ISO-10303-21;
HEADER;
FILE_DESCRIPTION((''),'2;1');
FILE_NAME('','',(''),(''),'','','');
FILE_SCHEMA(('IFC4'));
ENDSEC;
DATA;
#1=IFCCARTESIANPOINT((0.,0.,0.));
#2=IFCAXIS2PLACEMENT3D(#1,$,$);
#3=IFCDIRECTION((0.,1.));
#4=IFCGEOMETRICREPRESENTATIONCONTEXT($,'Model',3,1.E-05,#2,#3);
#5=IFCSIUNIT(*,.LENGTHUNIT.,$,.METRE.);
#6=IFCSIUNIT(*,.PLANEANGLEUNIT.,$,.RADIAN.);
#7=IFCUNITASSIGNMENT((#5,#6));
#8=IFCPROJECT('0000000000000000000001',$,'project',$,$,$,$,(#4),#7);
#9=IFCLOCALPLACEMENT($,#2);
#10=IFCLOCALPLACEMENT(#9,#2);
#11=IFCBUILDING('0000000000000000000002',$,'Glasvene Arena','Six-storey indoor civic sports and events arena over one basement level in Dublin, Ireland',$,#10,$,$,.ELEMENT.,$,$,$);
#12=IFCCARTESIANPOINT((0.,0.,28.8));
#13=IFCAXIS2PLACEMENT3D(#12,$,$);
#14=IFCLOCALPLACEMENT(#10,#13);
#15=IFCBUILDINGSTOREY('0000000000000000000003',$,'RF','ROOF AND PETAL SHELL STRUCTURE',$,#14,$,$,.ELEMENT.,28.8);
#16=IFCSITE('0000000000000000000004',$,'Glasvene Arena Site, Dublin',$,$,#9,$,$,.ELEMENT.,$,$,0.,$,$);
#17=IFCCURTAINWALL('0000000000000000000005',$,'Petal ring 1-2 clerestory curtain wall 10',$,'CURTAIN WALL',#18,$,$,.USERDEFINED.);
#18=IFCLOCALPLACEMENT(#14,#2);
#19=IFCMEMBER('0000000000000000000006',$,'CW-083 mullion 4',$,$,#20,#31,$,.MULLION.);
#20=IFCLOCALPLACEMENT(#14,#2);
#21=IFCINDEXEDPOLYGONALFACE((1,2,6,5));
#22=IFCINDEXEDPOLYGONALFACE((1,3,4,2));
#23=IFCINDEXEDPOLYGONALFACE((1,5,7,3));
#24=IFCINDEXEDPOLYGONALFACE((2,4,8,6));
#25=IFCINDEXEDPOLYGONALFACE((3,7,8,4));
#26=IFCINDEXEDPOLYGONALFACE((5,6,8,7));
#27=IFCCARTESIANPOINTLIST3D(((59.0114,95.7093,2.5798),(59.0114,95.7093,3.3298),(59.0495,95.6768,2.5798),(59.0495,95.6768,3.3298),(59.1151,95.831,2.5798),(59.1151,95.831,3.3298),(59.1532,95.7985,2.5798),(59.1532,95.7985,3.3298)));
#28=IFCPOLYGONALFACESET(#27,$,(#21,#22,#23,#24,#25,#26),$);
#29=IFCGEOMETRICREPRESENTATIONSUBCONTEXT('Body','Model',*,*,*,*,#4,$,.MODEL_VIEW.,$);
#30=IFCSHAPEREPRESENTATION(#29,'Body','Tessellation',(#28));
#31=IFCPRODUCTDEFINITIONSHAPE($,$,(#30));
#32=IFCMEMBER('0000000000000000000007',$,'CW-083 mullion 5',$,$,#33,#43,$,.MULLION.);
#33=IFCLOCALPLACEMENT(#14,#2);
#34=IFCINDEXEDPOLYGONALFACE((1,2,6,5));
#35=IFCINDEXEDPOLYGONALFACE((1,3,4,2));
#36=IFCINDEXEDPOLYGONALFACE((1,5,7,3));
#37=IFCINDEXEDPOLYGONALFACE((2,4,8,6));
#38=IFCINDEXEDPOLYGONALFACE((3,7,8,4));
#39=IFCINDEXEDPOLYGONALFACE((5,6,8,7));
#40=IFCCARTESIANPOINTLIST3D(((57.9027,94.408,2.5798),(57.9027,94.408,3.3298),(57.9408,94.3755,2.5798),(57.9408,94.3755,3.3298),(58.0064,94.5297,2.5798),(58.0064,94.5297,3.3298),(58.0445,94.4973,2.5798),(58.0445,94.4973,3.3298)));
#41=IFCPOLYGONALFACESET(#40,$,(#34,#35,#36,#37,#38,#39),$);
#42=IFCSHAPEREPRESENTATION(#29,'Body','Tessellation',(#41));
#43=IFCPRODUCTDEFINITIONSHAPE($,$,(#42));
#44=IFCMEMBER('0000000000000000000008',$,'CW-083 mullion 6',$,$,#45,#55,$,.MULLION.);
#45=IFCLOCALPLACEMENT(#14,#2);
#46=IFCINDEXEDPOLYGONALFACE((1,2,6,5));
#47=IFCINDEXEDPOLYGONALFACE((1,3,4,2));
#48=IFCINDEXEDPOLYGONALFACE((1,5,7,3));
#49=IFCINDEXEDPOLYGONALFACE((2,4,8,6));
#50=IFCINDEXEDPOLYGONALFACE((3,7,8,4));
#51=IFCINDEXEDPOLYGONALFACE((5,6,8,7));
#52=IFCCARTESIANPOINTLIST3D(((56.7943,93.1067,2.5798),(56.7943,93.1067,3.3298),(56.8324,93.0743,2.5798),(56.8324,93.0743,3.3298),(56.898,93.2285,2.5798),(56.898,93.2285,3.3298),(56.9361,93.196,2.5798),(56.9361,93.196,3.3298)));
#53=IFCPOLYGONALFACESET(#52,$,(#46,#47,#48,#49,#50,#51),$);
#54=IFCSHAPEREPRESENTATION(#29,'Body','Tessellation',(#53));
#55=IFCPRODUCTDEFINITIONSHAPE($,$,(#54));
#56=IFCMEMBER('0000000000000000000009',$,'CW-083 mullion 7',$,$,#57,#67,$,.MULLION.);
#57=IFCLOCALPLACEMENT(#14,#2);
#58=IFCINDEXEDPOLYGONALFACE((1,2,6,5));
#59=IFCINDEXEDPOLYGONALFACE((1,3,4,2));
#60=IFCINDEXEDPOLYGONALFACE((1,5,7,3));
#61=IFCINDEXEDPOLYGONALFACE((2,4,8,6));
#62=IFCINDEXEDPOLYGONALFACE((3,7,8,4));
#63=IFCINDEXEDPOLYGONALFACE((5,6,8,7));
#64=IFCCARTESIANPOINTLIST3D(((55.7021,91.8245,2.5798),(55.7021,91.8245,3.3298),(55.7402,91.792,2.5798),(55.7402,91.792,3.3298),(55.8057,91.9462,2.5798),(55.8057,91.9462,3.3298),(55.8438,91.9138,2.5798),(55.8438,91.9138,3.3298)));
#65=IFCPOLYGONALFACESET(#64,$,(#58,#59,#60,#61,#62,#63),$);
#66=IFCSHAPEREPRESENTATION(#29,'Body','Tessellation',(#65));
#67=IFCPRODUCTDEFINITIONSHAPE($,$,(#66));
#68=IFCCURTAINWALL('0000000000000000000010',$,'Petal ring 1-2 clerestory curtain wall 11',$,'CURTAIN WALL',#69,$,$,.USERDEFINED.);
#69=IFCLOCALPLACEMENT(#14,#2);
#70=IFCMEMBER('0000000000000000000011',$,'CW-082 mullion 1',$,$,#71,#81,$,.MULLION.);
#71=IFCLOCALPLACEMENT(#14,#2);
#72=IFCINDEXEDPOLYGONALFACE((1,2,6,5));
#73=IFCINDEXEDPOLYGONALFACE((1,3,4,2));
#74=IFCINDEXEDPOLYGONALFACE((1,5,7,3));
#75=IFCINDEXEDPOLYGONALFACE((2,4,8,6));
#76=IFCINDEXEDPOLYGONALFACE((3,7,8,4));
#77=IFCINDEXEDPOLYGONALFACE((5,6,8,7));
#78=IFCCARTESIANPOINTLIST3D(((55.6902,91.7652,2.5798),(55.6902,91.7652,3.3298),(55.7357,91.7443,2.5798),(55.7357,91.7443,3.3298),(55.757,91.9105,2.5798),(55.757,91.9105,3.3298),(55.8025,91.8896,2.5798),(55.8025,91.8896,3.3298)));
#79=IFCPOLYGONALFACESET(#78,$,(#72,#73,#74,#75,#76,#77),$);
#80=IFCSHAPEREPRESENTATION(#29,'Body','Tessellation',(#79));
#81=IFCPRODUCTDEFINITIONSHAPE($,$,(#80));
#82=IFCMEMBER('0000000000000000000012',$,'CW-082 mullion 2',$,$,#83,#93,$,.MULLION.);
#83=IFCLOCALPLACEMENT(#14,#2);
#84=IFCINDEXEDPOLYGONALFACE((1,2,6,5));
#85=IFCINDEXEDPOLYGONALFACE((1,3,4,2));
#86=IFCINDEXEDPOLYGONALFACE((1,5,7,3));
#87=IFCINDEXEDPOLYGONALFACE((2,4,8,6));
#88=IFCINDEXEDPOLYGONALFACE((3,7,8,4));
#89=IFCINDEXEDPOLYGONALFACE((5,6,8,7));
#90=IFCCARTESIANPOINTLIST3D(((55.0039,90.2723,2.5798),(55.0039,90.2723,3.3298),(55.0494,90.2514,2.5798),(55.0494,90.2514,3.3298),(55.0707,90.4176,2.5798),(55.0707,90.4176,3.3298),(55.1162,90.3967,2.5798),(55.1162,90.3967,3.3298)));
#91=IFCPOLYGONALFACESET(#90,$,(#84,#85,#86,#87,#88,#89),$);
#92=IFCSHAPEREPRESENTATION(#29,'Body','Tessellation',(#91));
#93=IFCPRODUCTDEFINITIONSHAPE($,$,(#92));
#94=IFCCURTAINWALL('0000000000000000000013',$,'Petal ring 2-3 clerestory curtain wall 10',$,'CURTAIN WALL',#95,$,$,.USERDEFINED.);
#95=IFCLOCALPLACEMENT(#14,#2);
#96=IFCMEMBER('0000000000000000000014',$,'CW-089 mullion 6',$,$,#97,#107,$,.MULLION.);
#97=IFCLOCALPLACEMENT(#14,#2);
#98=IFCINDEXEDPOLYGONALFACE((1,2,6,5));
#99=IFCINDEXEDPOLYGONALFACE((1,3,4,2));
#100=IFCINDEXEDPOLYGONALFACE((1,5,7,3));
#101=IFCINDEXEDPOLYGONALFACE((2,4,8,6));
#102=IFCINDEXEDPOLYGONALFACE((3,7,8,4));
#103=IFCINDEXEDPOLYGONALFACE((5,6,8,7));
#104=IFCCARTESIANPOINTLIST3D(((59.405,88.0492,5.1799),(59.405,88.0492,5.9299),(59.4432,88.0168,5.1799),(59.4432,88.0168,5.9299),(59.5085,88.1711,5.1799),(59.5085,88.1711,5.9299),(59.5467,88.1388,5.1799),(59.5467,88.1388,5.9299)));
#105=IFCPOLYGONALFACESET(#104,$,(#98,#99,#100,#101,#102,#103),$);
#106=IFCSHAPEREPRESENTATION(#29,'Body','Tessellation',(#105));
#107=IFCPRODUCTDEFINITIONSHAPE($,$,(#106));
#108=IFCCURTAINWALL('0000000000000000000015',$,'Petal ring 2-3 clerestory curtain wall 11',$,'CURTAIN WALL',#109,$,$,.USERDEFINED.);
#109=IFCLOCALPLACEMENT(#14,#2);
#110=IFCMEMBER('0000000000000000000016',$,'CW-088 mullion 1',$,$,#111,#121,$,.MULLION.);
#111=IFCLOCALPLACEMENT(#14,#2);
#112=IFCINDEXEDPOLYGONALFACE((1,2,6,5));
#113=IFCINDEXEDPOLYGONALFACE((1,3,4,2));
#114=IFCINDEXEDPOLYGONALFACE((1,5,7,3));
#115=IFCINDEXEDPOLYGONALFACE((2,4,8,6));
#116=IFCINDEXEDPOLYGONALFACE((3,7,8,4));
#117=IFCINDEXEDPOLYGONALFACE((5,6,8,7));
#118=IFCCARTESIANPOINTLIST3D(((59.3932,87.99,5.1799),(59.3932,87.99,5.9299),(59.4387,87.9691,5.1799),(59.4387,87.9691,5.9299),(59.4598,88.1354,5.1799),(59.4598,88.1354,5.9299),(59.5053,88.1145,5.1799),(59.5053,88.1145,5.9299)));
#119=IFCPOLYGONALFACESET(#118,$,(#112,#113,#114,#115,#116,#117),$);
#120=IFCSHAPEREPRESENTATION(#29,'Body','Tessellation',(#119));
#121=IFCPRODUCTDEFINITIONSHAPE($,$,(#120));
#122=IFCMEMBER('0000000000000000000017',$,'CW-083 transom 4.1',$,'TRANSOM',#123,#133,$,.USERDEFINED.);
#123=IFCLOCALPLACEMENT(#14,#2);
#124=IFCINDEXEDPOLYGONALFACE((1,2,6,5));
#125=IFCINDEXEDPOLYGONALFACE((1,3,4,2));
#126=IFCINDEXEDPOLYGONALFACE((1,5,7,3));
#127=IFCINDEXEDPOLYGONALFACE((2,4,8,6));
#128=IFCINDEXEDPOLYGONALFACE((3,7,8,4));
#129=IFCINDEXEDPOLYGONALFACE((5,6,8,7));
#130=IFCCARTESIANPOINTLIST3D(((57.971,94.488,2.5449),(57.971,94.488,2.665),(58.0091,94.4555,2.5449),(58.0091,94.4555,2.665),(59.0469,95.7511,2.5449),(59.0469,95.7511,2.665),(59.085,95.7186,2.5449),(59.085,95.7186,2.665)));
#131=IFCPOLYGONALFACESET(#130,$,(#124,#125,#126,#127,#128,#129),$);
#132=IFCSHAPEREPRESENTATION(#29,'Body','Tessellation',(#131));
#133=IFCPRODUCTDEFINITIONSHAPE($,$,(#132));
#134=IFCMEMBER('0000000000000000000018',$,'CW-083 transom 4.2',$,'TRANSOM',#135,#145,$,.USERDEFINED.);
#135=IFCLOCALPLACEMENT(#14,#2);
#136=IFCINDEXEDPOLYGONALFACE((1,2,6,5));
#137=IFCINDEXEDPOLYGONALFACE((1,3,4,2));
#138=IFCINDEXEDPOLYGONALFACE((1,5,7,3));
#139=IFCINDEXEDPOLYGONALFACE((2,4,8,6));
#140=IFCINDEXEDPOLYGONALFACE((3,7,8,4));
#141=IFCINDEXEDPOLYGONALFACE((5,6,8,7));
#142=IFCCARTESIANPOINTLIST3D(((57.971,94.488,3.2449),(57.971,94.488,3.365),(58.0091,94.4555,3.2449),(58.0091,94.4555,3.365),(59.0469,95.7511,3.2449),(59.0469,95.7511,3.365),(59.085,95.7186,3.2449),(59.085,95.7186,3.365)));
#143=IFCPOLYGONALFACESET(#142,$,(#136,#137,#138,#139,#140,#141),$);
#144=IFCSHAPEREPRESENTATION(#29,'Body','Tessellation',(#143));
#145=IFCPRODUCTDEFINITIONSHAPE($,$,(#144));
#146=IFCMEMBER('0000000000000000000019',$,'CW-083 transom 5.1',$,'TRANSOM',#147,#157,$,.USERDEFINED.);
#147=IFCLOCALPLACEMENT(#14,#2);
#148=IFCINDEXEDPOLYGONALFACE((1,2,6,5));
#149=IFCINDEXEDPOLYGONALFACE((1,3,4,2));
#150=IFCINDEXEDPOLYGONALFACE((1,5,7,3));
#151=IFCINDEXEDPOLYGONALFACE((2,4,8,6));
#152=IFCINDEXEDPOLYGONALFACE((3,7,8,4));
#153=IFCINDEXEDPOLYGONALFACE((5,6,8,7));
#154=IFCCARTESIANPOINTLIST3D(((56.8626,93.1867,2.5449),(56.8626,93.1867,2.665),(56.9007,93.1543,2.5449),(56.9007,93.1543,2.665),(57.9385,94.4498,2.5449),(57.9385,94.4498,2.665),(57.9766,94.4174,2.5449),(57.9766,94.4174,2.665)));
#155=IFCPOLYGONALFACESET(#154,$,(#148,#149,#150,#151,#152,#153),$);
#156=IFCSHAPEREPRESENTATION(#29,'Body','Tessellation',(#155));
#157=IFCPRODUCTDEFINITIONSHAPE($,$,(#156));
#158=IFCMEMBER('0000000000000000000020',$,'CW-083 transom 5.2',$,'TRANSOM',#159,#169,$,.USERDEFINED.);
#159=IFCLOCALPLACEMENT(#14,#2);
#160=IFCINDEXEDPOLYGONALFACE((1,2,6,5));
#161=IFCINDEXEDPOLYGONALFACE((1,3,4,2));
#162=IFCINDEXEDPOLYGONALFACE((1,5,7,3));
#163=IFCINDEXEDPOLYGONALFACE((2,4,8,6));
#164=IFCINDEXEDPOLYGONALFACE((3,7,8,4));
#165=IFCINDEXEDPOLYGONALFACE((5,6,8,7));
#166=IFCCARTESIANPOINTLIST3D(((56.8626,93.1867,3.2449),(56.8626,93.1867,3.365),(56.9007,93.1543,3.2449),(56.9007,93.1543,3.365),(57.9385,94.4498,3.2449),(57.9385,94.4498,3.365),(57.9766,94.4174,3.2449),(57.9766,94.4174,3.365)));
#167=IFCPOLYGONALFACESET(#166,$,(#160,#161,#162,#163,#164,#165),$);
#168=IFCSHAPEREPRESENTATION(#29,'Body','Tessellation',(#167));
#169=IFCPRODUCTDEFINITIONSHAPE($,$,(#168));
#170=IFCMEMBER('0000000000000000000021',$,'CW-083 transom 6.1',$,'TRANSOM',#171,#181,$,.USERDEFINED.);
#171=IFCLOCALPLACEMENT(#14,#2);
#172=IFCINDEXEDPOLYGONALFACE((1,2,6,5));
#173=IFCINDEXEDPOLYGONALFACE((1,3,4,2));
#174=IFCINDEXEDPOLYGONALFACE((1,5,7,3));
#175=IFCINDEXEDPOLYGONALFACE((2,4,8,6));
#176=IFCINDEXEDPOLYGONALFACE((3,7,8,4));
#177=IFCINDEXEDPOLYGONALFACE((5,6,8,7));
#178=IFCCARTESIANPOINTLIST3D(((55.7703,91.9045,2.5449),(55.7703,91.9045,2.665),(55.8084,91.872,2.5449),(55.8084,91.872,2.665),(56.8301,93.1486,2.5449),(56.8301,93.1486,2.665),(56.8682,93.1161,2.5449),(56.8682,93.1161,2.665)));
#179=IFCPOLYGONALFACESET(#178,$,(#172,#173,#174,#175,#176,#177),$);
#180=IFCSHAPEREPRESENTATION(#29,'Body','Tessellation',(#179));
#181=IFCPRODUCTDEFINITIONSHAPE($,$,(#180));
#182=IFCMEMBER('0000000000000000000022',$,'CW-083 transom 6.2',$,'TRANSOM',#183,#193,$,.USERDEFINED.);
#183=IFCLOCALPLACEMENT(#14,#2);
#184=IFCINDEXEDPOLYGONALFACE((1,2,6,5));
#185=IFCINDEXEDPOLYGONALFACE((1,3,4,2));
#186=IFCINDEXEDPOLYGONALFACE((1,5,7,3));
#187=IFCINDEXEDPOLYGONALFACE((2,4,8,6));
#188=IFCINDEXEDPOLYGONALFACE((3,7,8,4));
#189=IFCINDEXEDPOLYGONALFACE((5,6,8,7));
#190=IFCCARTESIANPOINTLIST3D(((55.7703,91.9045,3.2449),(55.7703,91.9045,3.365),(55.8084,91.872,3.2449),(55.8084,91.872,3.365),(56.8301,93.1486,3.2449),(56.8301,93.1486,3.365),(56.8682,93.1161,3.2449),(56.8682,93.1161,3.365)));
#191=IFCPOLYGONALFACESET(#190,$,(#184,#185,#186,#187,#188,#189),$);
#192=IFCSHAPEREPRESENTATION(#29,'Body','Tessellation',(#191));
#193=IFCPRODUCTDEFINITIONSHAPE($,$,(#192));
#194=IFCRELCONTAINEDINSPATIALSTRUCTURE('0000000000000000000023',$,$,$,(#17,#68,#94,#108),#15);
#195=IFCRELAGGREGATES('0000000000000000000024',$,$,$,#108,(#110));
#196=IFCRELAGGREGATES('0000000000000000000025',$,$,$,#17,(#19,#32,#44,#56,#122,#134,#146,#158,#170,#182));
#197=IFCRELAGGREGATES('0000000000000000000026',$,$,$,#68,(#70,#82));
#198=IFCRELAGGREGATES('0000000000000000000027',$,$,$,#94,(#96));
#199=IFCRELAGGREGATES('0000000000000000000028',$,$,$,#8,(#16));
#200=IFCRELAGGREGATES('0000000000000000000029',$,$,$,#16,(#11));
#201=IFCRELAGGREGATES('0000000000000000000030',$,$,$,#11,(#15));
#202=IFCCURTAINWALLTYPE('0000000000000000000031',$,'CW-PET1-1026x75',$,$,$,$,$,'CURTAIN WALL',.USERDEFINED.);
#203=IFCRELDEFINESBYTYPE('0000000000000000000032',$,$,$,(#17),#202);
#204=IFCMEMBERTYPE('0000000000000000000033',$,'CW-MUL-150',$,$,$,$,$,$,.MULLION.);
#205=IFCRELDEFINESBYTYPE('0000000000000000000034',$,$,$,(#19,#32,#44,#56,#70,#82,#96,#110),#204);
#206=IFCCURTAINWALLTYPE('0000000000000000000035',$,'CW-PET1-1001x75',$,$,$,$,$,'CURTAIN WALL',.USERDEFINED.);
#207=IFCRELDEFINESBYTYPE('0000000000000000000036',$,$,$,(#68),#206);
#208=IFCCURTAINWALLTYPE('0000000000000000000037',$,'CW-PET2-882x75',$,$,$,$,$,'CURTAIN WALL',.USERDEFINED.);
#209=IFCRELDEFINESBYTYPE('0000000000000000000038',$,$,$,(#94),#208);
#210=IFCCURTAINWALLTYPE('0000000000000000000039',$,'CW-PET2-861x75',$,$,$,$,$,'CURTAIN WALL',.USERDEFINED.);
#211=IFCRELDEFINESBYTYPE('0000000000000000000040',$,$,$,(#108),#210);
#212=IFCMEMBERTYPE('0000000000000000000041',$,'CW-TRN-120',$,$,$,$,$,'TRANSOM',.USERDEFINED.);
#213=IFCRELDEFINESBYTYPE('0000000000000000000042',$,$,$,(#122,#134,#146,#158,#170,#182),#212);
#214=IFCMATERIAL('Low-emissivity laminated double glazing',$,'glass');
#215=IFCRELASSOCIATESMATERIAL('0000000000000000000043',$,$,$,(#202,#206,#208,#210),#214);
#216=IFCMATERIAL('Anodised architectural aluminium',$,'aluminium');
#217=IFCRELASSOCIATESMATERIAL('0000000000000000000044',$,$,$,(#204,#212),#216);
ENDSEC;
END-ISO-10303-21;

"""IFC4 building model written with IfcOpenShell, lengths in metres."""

from ifc_helpers import new_model, si_unit, direction, frame, origin, origin_2d, place, context, subcontext, project, spatial, rectangle, extrude, material, material_profile, profile_set, type_object, element, aggregate, save


model = new_model("IFC4")

# Units and contexts
model_context = context("Model", 3, precision=1e-05, world=origin(), true_north=direction((0.0, 1.0)))
body_context = subcontext(model_context, "Body", "Model", "MODEL_VIEW")
ifc_project = project(units=[si_unit("LENGTHUNIT", "METRE"), si_unit("PLANEANGLEUNIT", "RADIAN")], contexts=[model_context])

# Site, building, storey
site_placement = place(None, origin())
site = spatial("IfcSite", under=ifc_project, at=site_placement, Name="Glasvene Arena Site, Dublin", CompositionType="ELEMENT", RefElevation=0.0)
building_placement = place(site_placement, origin())
building = spatial("IfcBuilding", under=site, at=building_placement, Name="Glasvene Arena", Description="Six-storey indoor civic sports and events arena over one basement level in Dublin, Ireland", CompositionType="ELEMENT")
storey_placement = place(building_placement, frame((0.0, 0.0, 28.8)))
storey = spatial("IfcBuildingStorey", under=building, at=storey_placement, Name="RF", Description="ROOF AND PETAL SHELL STRUCTURE", CompositionType="ELEMENT", Elevation=28.8)

# Curtain walls, members
ifc_material_1 = material(Name="Low-emissivity laminated double glazing", Category="glass")
curtain_wall_type_1 = type_object("IfcCurtainWallType", Name="CW-PET1-1026x75", ElementType="CURTAIN WALL", PredefinedType="USERDEFINED", material=ifc_material_1)
curtain_wall_1_placement = place(storey_placement, frame((62.4077, 99.658, 0.0)))
curtain_wall_1 = element("IfcCurtainWall", 1, at=curtain_wall_1_placement, inside=storey, type_object=curtain_wall_type_1, Name="Petal ring 1-2 clerestory curtain wall 10", ObjectType="CURTAIN WALL", PredefinedType="USERDEFINED")
ifc_material_2 = material(Name="Anodised architectural aluminium", Category="aluminium")
ifc_material_profile_1 = material_profile(ifc_material_2, rectangle(XDim=0.05, YDim=0.1599, at=origin_2d()), Name="ALU MULLION 50x160")
ifc_profile_set_1 = profile_set([ifc_material_profile_1], Name="Anodised architectural aluminium")
member_type_1 = type_object("IfcMemberType", Name="CW-MUL-150", PredefinedType="MULLION", material=ifc_profile_set_1)
member_1_placement = place(storey_placement, frame((59.0823, 95.7539, 2.5798), z_axis=(0.0, 0.0, 1.0), x_axis=(0.761261, -0.648445, 0.0)))
member_1 = element("IfcMember", 2, at=member_1_placement, type_object=member_type_1, Name="CW-083 mullion 4", PredefinedType="MULLION", context=body_context, shape_type="SweptSolid", body=[
    extrude(rectangle(XDim=0.05, YDim=0.1599, at=origin_2d()), origin(), (0.0, 0.0, 1.0), 0.75),
])
member_2_placement = place(storey_placement, frame((57.9736, 94.4526, 2.5798), z_axis=(0.0, 0.0, 1.0), x_axis=(0.761261, -0.648445, 0.0)))
member_2 = element("IfcMember", 3, at=member_2_placement, type_object=member_type_1, Name="CW-083 mullion 5", PredefinedType="MULLION", context=body_context, shape_type="SweptSolid", body=[
    extrude(rectangle(XDim=0.05, YDim=0.1599, at=origin_2d()), origin(), (0.0, 0.0, 1.0), 0.75),
])
member_3_placement = place(storey_placement, frame((56.8652, 93.1514, 2.5798), z_axis=(0.0, 0.0, 1.0), x_axis=(0.761261, -0.648445, 0.0)))
member_3 = element("IfcMember", 4, at=member_3_placement, type_object=member_type_1, Name="CW-083 mullion 6", PredefinedType="MULLION", context=body_context, shape_type="SweptSolid", body=[
    extrude(rectangle(XDim=0.05, YDim=0.1599, at=origin_2d()), origin(), (0.0, 0.0, 1.0), 0.75),
])
member_4_placement = place(storey_placement, frame((55.7729, 91.8691, 2.5798), z_axis=(0.0, 0.0, 1.0), x_axis=(0.761261, -0.648445, 0.0)))
member_4 = element("IfcMember", 5, at=member_4_placement, type_object=member_type_1, Name="CW-083 mullion 7", PredefinedType="MULLION", context=body_context, shape_type="SweptSolid", body=[
    extrude(rectangle(XDim=0.05, YDim=0.1599, at=origin_2d()), origin(), (0.0, 0.0, 1.0), 0.75),
])
curtain_wall_type_2 = type_object("IfcCurtainWallType", Name="CW-PET1-1001x75", ElementType="CURTAIN WALL", PredefinedType="USERDEFINED", material=ifc_material_1)
curtain_wall_2_placement = place(storey_placement, frame((55.7568, 91.8501, 0.0)))
curtain_wall_2 = element("IfcCurtainWall", 6, at=curtain_wall_2_placement, inside=storey, type_object=curtain_wall_type_2, Name="Petal ring 1-2 clerestory curtain wall 11", ObjectType="CURTAIN WALL", PredefinedType="USERDEFINED")
member_5_placement = place(storey_placement, frame((55.7463, 91.8274, 2.5798), z_axis=(0.0, 0.0, 1.0), x_axis=(0.908557, -0.417761, 0.0)))
member_5 = element("IfcMember", 7, at=member_5_placement, type_object=member_type_1, Name="CW-082 mullion 1", PredefinedType="MULLION", context=body_context, shape_type="SweptSolid", body=[
    extrude(rectangle(XDim=0.05, YDim=0.1599, at=origin_2d()), origin(), (0.0, 0.0, 1.0), 0.75),
])
member_6_placement = place(storey_placement, frame((55.0601, 90.3345, 2.5798), z_axis=(0.0, 0.0, 1.0), x_axis=(0.908557, -0.417761, 0.0)))
member_6 = element("IfcMember", 8, at=member_6_placement, type_object=member_type_1, Name="CW-082 mullion 2", PredefinedType="MULLION", context=body_context, shape_type="SweptSolid", body=[
    extrude(rectangle(XDim=0.05, YDim=0.1599, at=origin_2d()), origin(), (0.0, 0.0, 1.0), 0.75),
])

# Curtain walls, members
curtain_wall_type_3 = type_object("IfcCurtainWallType", Name="CW-PET2-882x75", ElementType="CURTAIN WALL", PredefinedType="USERDEFINED", material=ifc_material_1)
curtain_wall_3_placement = place(storey_placement, frame((65.1648, 94.7957, 0.0)))
curtain_wall_3 = element("IfcCurtainWall", 9, at=curtain_wall_3_placement, inside=storey, type_object=curtain_wall_type_3, Name="Petal ring 2-3 clerestory curtain wall 10", ObjectType="CURTAIN WALL", PredefinedType="USERDEFINED")
member_7_placement = place(storey_placement, frame((59.4758, 88.094, 5.1799), z_axis=(0.0, 0.0, 1.0), x_axis=(0.762348, -0.647167, 0.0)))
member_7 = element("IfcMember", 10, at=member_7_placement, type_object=member_type_1, Name="CW-089 mullion 6", PredefinedType="MULLION", context=body_context, shape_type="SweptSolid", body=[
    extrude(rectangle(XDim=0.05, YDim=0.1599, at=origin_2d()), origin(), (0.0, 0.0, 1.0), 0.75),
])
curtain_wall_type_4 = type_object("IfcCurtainWallType", Name="CW-PET2-861x75", ElementType="CURTAIN WALL", PredefinedType="USERDEFINED", material=ifc_material_1)
curtain_wall_4_placement = place(storey_placement, frame((59.4597, 88.075, 0.0)))
curtain_wall_4 = element("IfcCurtainWall", 11, at=curtain_wall_4_placement, inside=storey, type_object=curtain_wall_type_4, Name="Petal ring 2-3 clerestory curtain wall 11", ObjectType="CURTAIN WALL", PredefinedType="USERDEFINED")
member_8_placement = place(storey_placement, frame((59.4492, 88.0522, 5.1799), z_axis=(0.0, 0.0, 1.0), x_axis=(0.909094, -0.416592, 0.0)))
member_8 = element("IfcMember", 12, at=member_8_placement, type_object=member_type_1, Name="CW-088 mullion 1", PredefinedType="MULLION", context=body_context, shape_type="SweptSolid", body=[
    extrude(rectangle(XDim=0.05, YDim=0.1599, at=origin_2d()), origin(), (0.0, 0.0, 1.0), 0.75),
])

# Members
ifc_material_profile_2 = material_profile(ifc_material_2, rectangle(XDim=0.05, YDim=0.1201, at=origin_2d()), Name="ALU TRANSOM 50x120")
ifc_profile_set_2 = profile_set([ifc_material_profile_2], Name="Anodised architectural aluminium")
member_type_2 = type_object("IfcMemberType", Name="CW-TRN-120", ElementType="TRANSOM", PredefinedType="USERDEFINED", material=ifc_profile_set_2)
member_9_placement = place(storey_placement, frame((59.0659, 95.7349, 2.605), z_axis=(-0.648425, -0.761278, 0.0), x_axis=(0.761278, -0.648425, 0.0)))
member_9 = element("IfcMember", 13, at=member_9_placement, type_object=member_type_2, Name="CW-083 transom 4.1", ObjectType="TRANSOM", PredefinedType="USERDEFINED", context=body_context, shape_type="SweptSolid", body=[
    extrude(rectangle(XDim=0.05, YDim=0.1201, at=origin_2d()), origin(), (0.0, 0.0, 1.0), 1.6592),
])
member_10_placement = place(storey_placement, frame((59.0659, 95.7349, 3.3049), z_axis=(-0.648425, -0.761278, 0.0), x_axis=(0.761278, -0.648425, 0.0)))
member_10 = element("IfcMember", 14, at=member_10_placement, type_object=member_type_2, Name="CW-083 transom 4.2", ObjectType="TRANSOM", PredefinedType="USERDEFINED", context=body_context, shape_type="SweptSolid", body=[
    extrude(rectangle(XDim=0.05, YDim=0.1201, at=origin_2d()), origin(), (0.0, 0.0, 1.0), 1.6592),
])
member_11_placement = place(storey_placement, frame((57.9575, 94.4336, 2.605), z_axis=(-0.648425, -0.761278, 0.0), x_axis=(0.761278, -0.648425, 0.0)))
member_11 = element("IfcMember", 15, at=member_11_placement, type_object=member_type_2, Name="CW-083 transom 5.1", ObjectType="TRANSOM", PredefinedType="USERDEFINED", context=body_context, shape_type="SweptSolid", body=[
    extrude(rectangle(XDim=0.05, YDim=0.1201, at=origin_2d()), origin(), (0.0, 0.0, 1.0), 1.6592),
])
member_12_placement = place(storey_placement, frame((57.9575, 94.4336, 3.3049), z_axis=(-0.648425, -0.761278, 0.0), x_axis=(0.761278, -0.648425, 0.0)))
member_12 = element("IfcMember", 16, at=member_12_placement, type_object=member_type_2, Name="CW-083 transom 5.2", ObjectType="TRANSOM", PredefinedType="USERDEFINED", context=body_context, shape_type="SweptSolid", body=[
    extrude(rectangle(XDim=0.05, YDim=0.1201, at=origin_2d()), origin(), (0.0, 0.0, 1.0), 1.6592),
])
member_13_placement = place(storey_placement, frame((56.8491, 93.1323, 2.605), z_axis=(-0.648463, -0.761246, 0.0), x_axis=(0.761246, -0.648463, 0.0)))
member_13 = element("IfcMember", 17, at=member_13_placement, type_object=member_type_2, Name="CW-083 transom 6.1", ObjectType="TRANSOM", PredefinedType="USERDEFINED", context=body_context, shape_type="SweptSolid", body=[
    extrude(rectangle(XDim=0.05, YDim=0.1201, at=origin_2d()), origin(), (0.0, 0.0, 1.0), 1.6343),
])
member_14_placement = place(storey_placement, frame((56.8491, 93.1323, 3.3049), z_axis=(-0.648463, -0.761246, 0.0), x_axis=(0.761246, -0.648463, 0.0)))
member_14 = element("IfcMember", 18, at=member_14_placement, type_object=member_type_2, Name="CW-083 transom 6.2", ObjectType="TRANSOM", PredefinedType="USERDEFINED", context=body_context, shape_type="SweptSolid", body=[
    extrude(rectangle(XDim=0.05, YDim=0.1201, at=origin_2d()), origin(), (0.0, 0.0, 1.0), 1.6343),
])
aggregate(curtain_wall_4, [member_8])

aggregate(curtain_wall_1, [member_1, member_2, member_3, member_4, member_9, member_10, member_11, member_12, member_13, member_14])
aggregate(curtain_wall_2, [member_5, member_6])
aggregate(curtain_wall_3, [member_7])

save(model, "model.ifc")
